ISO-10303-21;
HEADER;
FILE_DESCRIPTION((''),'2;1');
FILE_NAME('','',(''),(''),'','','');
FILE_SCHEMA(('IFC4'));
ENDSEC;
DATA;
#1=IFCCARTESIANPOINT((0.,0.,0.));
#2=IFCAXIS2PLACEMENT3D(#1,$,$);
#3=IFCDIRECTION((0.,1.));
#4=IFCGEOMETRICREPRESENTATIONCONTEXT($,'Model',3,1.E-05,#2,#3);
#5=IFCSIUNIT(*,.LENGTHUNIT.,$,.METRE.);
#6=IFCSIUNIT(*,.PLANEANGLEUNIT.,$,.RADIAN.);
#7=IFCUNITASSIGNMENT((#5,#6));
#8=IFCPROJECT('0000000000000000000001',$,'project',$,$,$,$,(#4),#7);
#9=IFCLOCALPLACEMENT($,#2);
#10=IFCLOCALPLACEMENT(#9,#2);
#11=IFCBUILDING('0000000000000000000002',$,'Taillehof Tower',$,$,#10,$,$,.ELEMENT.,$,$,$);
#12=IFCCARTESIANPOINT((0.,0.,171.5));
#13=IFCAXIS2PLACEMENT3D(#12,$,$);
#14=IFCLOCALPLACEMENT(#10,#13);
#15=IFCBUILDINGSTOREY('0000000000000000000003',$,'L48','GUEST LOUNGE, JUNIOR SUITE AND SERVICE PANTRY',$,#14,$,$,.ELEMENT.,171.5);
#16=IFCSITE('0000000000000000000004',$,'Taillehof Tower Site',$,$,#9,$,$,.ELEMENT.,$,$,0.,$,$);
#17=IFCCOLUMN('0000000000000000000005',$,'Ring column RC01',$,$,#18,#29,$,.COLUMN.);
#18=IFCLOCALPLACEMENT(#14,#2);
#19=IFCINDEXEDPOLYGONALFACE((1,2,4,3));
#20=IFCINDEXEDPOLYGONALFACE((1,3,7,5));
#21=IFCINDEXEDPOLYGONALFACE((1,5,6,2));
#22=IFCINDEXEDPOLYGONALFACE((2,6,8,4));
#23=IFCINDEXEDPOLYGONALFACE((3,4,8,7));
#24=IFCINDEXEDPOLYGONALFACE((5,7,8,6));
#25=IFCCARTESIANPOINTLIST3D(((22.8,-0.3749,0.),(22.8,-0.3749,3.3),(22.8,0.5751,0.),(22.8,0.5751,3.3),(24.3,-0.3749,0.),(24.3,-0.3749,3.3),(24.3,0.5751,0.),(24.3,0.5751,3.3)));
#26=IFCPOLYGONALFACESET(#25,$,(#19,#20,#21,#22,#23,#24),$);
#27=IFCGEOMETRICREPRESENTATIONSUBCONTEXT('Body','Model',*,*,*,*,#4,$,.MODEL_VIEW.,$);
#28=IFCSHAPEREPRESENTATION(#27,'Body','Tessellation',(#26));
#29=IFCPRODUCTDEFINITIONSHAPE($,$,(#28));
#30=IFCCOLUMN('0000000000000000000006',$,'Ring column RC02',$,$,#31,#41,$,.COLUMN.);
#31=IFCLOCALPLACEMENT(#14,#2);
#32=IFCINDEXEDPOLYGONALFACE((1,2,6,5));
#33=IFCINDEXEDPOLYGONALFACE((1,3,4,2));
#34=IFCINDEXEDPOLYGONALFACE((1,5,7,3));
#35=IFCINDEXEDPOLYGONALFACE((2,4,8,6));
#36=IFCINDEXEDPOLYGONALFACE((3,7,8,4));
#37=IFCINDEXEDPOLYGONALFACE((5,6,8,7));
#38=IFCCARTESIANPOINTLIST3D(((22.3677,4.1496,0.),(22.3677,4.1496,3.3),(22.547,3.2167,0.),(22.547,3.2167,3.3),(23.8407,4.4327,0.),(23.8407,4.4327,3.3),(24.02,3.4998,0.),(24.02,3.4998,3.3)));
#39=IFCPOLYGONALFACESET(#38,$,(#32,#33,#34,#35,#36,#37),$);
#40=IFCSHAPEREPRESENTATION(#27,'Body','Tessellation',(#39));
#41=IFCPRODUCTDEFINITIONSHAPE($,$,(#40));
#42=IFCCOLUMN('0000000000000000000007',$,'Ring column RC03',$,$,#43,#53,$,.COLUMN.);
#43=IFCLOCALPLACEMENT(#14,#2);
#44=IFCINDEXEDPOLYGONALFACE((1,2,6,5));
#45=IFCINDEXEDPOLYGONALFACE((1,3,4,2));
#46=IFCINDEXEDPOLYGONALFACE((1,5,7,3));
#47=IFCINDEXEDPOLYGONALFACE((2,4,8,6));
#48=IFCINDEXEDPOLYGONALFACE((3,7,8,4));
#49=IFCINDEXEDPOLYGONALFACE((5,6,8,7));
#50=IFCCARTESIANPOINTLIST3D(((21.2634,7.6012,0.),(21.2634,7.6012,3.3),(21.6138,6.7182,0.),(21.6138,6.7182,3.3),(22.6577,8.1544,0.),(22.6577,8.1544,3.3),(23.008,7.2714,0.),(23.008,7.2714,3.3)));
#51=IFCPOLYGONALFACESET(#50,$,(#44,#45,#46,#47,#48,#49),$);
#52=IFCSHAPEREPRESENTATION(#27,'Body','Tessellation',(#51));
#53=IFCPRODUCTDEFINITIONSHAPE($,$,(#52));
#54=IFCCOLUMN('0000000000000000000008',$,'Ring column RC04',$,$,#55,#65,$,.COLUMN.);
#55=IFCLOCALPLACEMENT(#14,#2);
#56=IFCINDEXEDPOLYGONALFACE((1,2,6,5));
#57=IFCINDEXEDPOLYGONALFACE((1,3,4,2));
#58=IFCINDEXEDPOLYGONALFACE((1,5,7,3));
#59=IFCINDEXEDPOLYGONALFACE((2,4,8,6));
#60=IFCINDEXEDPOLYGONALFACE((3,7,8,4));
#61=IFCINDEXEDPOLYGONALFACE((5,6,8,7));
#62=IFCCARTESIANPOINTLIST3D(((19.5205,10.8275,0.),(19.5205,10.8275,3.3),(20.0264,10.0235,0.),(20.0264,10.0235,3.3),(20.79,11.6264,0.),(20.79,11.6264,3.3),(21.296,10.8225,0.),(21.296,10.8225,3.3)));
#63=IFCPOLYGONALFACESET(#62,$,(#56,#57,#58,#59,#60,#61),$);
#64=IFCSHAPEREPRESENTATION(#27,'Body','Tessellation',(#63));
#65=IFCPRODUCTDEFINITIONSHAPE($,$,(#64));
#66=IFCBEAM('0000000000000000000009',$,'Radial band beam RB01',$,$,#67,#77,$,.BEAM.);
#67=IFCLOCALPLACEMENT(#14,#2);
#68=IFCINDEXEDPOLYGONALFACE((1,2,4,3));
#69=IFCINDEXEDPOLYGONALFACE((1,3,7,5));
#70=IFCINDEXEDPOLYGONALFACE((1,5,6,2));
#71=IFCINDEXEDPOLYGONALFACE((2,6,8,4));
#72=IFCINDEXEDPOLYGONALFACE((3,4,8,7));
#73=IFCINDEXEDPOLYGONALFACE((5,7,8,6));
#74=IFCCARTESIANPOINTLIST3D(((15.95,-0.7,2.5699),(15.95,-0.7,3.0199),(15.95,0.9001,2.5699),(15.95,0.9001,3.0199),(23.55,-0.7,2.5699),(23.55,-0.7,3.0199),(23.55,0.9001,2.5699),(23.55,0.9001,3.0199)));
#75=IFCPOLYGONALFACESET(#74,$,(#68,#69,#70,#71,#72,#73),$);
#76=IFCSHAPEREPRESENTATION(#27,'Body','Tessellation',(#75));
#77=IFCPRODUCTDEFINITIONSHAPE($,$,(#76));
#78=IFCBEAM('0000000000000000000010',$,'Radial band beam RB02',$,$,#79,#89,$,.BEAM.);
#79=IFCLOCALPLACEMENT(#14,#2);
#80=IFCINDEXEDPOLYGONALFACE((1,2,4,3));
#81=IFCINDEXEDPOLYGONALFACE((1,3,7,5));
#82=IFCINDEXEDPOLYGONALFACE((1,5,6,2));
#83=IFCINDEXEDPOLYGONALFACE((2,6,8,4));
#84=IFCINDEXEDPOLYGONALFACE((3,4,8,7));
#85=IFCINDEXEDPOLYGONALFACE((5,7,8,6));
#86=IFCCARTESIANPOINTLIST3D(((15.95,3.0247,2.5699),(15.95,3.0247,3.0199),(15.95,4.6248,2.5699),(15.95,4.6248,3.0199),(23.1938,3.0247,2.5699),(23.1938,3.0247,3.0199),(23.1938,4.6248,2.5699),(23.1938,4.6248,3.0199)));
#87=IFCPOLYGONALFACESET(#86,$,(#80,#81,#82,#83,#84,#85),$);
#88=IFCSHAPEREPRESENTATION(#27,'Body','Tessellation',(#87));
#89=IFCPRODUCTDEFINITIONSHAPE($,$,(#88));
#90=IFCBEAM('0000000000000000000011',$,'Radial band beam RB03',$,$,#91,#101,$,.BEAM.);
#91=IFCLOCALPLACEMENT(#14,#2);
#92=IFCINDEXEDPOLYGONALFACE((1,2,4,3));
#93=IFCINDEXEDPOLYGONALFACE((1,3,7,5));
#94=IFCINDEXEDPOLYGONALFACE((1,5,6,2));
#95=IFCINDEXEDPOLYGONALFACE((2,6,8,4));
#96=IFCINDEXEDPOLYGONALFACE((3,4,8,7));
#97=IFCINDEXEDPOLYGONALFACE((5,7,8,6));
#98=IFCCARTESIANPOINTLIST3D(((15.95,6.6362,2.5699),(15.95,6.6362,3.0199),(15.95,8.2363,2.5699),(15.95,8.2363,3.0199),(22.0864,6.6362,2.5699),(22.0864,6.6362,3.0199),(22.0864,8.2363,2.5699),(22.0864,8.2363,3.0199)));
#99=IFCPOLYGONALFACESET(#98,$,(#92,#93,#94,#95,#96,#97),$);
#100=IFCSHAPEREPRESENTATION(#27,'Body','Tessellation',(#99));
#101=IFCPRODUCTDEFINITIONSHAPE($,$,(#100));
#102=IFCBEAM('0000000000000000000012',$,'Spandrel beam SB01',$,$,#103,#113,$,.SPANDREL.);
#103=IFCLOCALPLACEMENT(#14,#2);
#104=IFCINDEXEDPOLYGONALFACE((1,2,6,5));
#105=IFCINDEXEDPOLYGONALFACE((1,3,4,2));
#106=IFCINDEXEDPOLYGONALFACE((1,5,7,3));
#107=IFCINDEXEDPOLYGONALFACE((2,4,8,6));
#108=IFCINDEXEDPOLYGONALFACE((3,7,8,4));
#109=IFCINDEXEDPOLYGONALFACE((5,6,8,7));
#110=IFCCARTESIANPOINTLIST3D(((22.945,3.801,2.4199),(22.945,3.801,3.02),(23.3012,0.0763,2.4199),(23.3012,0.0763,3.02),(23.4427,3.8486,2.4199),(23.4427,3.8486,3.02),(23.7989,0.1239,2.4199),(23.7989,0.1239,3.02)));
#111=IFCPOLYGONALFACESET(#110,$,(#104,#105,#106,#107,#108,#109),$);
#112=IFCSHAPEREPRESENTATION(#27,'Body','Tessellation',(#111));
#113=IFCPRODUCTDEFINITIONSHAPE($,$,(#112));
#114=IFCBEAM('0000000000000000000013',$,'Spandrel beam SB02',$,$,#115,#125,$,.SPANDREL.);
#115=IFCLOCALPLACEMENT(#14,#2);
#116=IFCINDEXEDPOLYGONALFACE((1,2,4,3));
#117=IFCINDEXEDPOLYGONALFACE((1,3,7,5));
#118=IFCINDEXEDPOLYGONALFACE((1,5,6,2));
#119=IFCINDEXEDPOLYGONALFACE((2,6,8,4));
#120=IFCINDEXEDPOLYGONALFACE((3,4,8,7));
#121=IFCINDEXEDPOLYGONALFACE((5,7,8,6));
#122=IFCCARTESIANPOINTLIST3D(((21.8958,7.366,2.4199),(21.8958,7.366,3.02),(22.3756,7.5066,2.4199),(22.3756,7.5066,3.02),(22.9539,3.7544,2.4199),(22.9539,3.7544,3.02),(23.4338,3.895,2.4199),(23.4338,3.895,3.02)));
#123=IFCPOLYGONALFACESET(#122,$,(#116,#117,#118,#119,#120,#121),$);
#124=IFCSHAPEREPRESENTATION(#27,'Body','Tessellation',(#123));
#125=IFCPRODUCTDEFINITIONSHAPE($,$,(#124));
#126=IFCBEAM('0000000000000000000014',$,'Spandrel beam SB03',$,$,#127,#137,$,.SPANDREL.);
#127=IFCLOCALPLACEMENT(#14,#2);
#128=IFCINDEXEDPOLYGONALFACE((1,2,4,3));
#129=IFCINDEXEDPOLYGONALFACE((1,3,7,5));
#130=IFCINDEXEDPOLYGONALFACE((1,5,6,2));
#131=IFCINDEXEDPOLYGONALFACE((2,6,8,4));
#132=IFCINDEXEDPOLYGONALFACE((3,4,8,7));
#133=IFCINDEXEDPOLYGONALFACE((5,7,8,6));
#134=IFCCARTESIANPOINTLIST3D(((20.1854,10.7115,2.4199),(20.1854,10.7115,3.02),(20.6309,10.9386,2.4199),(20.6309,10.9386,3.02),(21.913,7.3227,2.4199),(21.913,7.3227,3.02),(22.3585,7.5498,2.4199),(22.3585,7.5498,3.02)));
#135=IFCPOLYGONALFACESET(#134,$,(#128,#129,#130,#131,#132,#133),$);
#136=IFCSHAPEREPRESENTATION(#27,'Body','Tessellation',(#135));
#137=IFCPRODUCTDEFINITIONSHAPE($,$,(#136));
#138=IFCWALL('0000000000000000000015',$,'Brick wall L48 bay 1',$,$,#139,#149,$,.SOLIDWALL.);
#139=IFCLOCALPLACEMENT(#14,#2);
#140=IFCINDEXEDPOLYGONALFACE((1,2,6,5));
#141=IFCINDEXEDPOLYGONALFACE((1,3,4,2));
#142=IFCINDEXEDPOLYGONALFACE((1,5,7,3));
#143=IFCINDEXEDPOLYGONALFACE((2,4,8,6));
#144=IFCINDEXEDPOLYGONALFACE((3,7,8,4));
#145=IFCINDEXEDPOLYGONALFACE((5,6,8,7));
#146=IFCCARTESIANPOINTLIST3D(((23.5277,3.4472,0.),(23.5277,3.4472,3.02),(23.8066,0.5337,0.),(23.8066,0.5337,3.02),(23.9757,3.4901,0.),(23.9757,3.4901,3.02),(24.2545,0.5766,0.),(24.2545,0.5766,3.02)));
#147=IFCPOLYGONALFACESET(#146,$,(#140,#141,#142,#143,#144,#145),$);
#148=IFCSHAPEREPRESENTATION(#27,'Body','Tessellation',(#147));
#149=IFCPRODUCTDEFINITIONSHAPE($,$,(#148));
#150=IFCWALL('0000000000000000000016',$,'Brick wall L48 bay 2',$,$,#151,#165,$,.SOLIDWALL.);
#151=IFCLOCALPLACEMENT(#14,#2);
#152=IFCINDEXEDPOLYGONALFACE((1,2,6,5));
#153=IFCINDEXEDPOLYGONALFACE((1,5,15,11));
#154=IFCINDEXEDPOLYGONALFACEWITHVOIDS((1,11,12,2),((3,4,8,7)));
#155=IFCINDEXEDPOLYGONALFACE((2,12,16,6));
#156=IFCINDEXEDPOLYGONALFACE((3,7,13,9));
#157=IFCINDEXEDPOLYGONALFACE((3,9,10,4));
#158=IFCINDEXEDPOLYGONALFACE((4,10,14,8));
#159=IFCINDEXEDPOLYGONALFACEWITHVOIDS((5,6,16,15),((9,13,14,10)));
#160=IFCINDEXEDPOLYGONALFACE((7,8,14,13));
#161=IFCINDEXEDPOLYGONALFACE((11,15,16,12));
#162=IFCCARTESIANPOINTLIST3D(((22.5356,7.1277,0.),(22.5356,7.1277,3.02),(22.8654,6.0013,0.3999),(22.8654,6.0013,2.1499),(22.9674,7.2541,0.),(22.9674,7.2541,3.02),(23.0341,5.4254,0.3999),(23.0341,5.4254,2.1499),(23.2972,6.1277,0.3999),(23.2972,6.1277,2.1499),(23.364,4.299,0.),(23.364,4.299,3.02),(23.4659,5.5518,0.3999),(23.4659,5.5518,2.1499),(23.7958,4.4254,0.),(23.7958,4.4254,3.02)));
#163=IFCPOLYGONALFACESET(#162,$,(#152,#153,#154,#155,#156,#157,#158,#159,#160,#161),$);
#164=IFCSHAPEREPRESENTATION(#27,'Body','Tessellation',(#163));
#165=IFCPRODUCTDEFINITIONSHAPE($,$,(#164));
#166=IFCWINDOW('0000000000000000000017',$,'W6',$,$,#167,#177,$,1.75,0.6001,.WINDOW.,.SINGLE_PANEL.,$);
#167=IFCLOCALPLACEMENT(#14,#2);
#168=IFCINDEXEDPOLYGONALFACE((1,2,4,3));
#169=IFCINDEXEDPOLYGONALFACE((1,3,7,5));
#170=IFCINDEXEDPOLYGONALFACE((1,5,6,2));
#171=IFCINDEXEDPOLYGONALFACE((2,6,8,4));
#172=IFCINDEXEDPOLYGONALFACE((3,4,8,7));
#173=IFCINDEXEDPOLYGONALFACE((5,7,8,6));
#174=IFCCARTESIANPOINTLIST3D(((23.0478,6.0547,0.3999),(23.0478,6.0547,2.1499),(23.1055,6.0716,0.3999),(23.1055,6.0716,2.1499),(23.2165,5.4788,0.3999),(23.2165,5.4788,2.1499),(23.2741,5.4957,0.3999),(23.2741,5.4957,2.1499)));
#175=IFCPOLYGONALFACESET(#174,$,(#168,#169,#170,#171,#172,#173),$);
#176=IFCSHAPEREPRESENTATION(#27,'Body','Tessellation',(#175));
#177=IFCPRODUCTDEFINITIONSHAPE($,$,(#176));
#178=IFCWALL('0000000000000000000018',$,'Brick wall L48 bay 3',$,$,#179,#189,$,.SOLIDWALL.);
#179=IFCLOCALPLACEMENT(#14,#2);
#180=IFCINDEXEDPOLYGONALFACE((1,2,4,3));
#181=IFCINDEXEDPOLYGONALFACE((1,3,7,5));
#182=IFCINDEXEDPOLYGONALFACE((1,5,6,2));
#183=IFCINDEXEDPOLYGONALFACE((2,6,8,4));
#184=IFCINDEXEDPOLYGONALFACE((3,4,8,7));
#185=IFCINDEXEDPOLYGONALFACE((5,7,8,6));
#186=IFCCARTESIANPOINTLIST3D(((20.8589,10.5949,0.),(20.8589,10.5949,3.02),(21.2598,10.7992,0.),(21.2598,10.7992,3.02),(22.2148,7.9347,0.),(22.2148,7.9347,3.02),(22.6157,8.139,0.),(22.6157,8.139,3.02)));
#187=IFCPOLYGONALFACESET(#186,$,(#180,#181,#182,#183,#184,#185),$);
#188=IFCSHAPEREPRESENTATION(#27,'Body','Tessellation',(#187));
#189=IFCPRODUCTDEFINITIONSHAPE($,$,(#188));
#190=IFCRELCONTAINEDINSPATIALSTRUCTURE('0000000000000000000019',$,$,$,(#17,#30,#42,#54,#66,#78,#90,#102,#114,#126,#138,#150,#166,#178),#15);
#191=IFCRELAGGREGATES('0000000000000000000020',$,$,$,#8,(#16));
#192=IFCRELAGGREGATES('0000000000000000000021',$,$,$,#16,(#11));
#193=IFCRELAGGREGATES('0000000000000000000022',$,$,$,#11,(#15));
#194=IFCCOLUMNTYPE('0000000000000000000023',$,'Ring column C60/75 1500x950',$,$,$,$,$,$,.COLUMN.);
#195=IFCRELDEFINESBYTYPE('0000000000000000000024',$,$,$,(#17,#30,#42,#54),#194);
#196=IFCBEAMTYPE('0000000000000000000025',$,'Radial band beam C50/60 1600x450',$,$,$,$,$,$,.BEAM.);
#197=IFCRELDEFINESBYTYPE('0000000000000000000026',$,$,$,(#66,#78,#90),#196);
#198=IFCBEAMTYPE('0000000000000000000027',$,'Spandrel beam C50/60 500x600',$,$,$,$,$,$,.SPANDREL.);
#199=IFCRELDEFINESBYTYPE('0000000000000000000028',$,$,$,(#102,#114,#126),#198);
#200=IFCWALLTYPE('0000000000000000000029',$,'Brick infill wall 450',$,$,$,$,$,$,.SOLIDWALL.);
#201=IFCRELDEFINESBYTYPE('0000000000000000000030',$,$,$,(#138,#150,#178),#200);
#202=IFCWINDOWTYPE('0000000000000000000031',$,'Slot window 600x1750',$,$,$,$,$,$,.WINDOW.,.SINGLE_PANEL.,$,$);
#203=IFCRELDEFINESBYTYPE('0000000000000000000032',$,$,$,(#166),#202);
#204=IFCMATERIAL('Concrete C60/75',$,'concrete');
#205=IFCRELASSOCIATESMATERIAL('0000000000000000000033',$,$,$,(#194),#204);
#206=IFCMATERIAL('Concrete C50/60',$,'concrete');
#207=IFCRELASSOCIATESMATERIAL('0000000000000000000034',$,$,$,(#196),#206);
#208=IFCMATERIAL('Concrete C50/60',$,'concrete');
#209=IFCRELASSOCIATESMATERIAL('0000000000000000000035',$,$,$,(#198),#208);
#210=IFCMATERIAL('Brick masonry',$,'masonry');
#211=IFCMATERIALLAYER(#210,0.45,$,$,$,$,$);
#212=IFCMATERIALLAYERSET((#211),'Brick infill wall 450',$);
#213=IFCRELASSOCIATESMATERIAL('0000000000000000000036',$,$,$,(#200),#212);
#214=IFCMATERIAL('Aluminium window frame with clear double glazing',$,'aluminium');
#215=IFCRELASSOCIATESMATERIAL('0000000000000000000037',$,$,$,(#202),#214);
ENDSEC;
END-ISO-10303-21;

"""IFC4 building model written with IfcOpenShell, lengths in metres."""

from ifc_helpers import new_model, si_unit, direction, frame, frame_2d, origin, origin_2d, place, context, subcontext, project, spatial, rectangle, extrude, material, layer, layer_set, material_profile, profile_set, type_object, element, fill, save


model = new_model("IFC4")

# Units and contexts
model_context = context("Model", 3, precision=1e-05, world=origin(), true_north=direction((0.0, 1.0)))
body_context = subcontext(model_context, "Body", "Model", "MODEL_VIEW")
ifc_project = project(units=[si_unit("LENGTHUNIT", "METRE"), si_unit("PLANEANGLEUNIT", "RADIAN")], contexts=[model_context])

# Site, building, storey
site_placement = place(None, origin())
site = spatial("IfcSite", under=ifc_project, at=site_placement, Name="Taillehof Tower Site", CompositionType="ELEMENT", RefElevation=0.0)
building_placement = place(site_placement, origin())
building = spatial("IfcBuilding", under=site, at=building_placement, Name="Taillehof Tower", CompositionType="ELEMENT")
storey_placement = place(building_placement, frame((0.0, 0.0, 171.5)))
storey = spatial("IfcBuildingStorey", under=building, at=storey_placement, Name="L48", Description="GUEST LOUNGE, JUNIOR SUITE AND SERVICE PANTRY", CompositionType="ELEMENT", Elevation=171.5)

# Columns
ifc_material_1 = material(Name="Concrete C60/75", Category="concrete")
ifc_material_profile_1 = material_profile(ifc_material_1, rectangle(XDim=1.5, YDim=0.95, at=origin_2d()), Name="RC 1500x950")
ifc_profile_set_1 = profile_set([ifc_material_profile_1], Name="Concrete C60/75")
column_type = type_object("IfcColumnType", Name="Ring column C60/75 1500x950", PredefinedType="COLUMN", material=ifc_profile_set_1)
for number, where, z_axis, x_axis, name in (
    (1, (23.55, 0.1001, 0.0), (0.0, 0.0, 1.0), (1.0, 0.0, 0.0), "Ring column RC01"),
    (2, (23.1938, 3.8247, 0.0), (0.0, 0.0, 1.0), (0.982024, 0.188757, 0.0), "Ring column RC02"),
    (3, (22.1357, 7.4363, 0.0), (0.0, 0.0, 1.0), (0.929511, 0.368793, 0.0), "Ring column RC03"),
    (4, (20.4082, 10.825, 0.0), (0.0, 0.0, 1.0), (0.846334, 0.532652, 0.0), "Ring column RC04"),
):
    element("IfcColumn", number, at=place(storey_placement, frame(where, z_axis=z_axis, x_axis=x_axis)), inside=storey, type_object=column_type, Name=name, PredefinedType="COLUMN", context=body_context, shape_type="SweptSolid", body=[
        extrude(rectangle(XDim=1.5, YDim=0.95, at=origin_2d()), origin(), (0.0, 0.0, 1.0), 3.3),
    ])

# Beams
ifc_material_2 = material(Name="Concrete C50/60", Category="concrete")
ifc_material_profile_2 = material_profile(ifc_material_2, rectangle(XDim=1.6001, YDim=0.45, at=origin_2d()), Name="RC 1600x450")
ifc_profile_set_2 = profile_set([ifc_material_profile_2], Name="Concrete C50/60")
beam_type_1 = type_object("IfcBeamType", Name="Radial band beam C50/60 1600x450", PredefinedType="BEAM", material=ifc_profile_set_2)
beam_1_placement = place(storey_placement, frame((23.55, 0.1001, 2.7949), z_axis=(-1.0, 0.0, 0.0), x_axis=(0.0, -1.0, 0.0)))
element("IfcBeam", 5, at=beam_1_placement, inside=storey, type_object=beam_type_1, Name="Radial band beam RB01", PredefinedType="BEAM", context=body_context, shape_type="SweptSolid", body=[
    extrude(rectangle(XDim=1.6001, YDim=0.45, at=origin_2d()), origin(), (0.0, 0.0, 1.0), 7.6001),
])
beam_2_placement = place(storey_placement, frame((23.1938, 3.8247, 2.7949), z_axis=(-1.0, 0.0, 0.0), x_axis=(0.0, -1.0, 0.0)))
element("IfcBeam", 6, at=beam_2_placement, inside=storey, type_object=beam_type_1, Name="Radial band beam RB02", PredefinedType="BEAM", context=body_context, shape_type="SweptSolid", body=[
    extrude(rectangle(XDim=1.6001, YDim=0.45, at=origin_2d()), origin(), (0.0, 0.0, 1.0), 7.2439),
])
beam_3_placement = place(storey_placement, frame((22.0864, 7.4363, 2.7949), z_axis=(-1.0, 0.0, 0.0), x_axis=(0.0, -1.0, 0.0)))
element("IfcBeam", 7, at=beam_3_placement, inside=storey, type_object=beam_type_1, Name="Radial band beam RB03", PredefinedType="BEAM", context=body_context, shape_type="SweptSolid", body=[
    extrude(rectangle(XDim=1.6001, YDim=0.45, at=origin_2d()), origin(), (0.0, 0.0, 1.0), 6.1365),
])
ifc_material_3 = material(Name="Concrete C50/60", Category="concrete")
ifc_material_profile_3 = material_profile(ifc_material_3, rectangle(XDim=0.5, YDim=0.6001, at=origin_2d()), Name="RC 500x600")
ifc_profile_set_3 = profile_set([ifc_material_profile_3], Name="Concrete C50/60")
beam_type_2 = type_object("IfcBeamType", Name="Spandrel beam C50/60 500x600", PredefinedType="SPANDREL", material=ifc_profile_set_3)
beam_4_placement = place(storey_placement, frame((23.55, 0.1001, 2.72), z_axis=(-0.0952, 0.995458, 0.0), x_axis=(-0.995458, -0.0952, 0.0)))
element("IfcBeam", 8, at=beam_4_placement, inside=storey, type_object=beam_type_2, Name="Spandrel beam SB01", PredefinedType="SPANDREL", context=body_context, shape_type="SweptSolid", body=[
    extrude(rectangle(XDim=0.5, YDim=0.6001, at=origin_2d()), origin(), (0.0, 0.0, 1.0), 3.7417),
])
beam_5_placement = place(storey_placement, frame((23.1938, 3.8247, 2.72), z_axis=(-0.281158, 0.959661, 0.0), x_axis=(-0.959661, -0.281158, 0.0)))
element("IfcBeam", 9, at=beam_5_placement, inside=storey, type_object=beam_type_2, Name="Spandrel beam SB02", PredefinedType="SPANDREL", context=body_context, shape_type="SweptSolid", body=[
    extrude(rectangle(XDim=0.5, YDim=0.6001, at=origin_2d()), origin(), (0.0, 0.0, 1.0), 3.7634),
])
beam_6_placement = place(storey_placement, frame((22.1357, 7.4363, 2.72), z_axis=(-0.454183, 0.890908, 0.0), x_axis=(-0.890908, -0.454183, 0.0)))
element("IfcBeam", 10, at=beam_6_placement, inside=storey, type_object=beam_type_2, Name="Spandrel beam SB03", PredefinedType="SPANDREL", context=body_context, shape_type="SweptSolid", body=[
    extrude(rectangle(XDim=0.5, YDim=0.6001, at=origin_2d()), origin(), (0.0, 0.0, 1.0), 3.8037),
])

# Wall
ifc_material_4 = material(Name="Brick masonry", Category="masonry")
ifc_layer_1 = layer(ifc_material_4, 0.45)
ifc_layer_set_1 = layer_set([ifc_layer_1], Name="Brick infill wall 450")
wall_type_1 = type_object("IfcWallType", Name="Brick infill wall 450", PredefinedType="SOLIDWALL", material=ifc_layer_set_1)
wall_1_placement = place(storey_placement, frame((24.0305, 0.5552, 0.0), z_axis=(0.0, 0.0, 1.0), x_axis=(-0.095266, 0.995452, 0.0)))
element("IfcWall", 11, at=wall_1_placement, inside=storey, type_object=wall_type_1, Name="Brick wall L48 bay 1", PredefinedType="SOLIDWALL", context=body_context, shape_type="SweptSolid", body=[
    extrude(rectangle(XDim=2.9268, YDim=0.45, at=frame_2d((1.4634, 0.0))), origin(), (0.0, 0.0, 1.0), 3.02),
])

# Wall, opening, window
wall_2_placement = place(storey_placement, frame((23.5798, 4.3623, 0.0), z_axis=(0.0, 0.0, 1.0), x_axis=(-0.281049, 0.959693, 0.0)))
wall_2 = element("IfcWall", 12, at=wall_2_placement, inside=storey, type_object=wall_type_1, Name="Brick wall L48 bay 2", PredefinedType="SOLIDWALL", context=body_context, shape_type="SweptSolid", body=[
    extrude(rectangle(XDim=2.9475, YDim=0.45, at=frame_2d((1.4736, 0.0))), origin(), (0.0, 0.0, 1.0), 3.02),
])
opening_placement = place(wall_2_placement, frame((1.1736, 0.0, 0.3999)))
opening = element("IfcOpeningElement", 13, at=opening_placement, cuts=wall_2, PredefinedType="OPENING", context=body_context, shape_type="SweptSolid", body=[
    extrude(rectangle(XDim=0.6001, YDim=1.75, at=frame_2d((0.3, 0.875))), frame((0.0, 0.2349, 0.0), z_axis=(0.0, -1.0, 0.0), x_axis=(1.0, 0.0, 0.0)), (0.0, 0.0, 1.0), 0.47),
])
ifc_material_5 = material(Name="Aluminium window frame with clear double glazing", Category="aluminium")
window_type = type_object("IfcWindowType", Name="Slot window 600x1750", PartitioningType="SINGLE_PANEL", PredefinedType="WINDOW", material=ifc_material_5)
window_placement = place(opening_placement, origin())
window = element("IfcWindow", 14, at=window_placement, inside=storey, type_object=window_type, Name="W6", OverallHeight=1.75, OverallWidth=0.6001, PartitioningType="SINGLE_PANEL", PredefinedType="WINDOW", context=body_context, shape_type="SweptSolid", body=[
    extrude(rectangle(XDim=0.6001, YDim=1.75, at=frame_2d((0.3, 0.875))), frame((0.0, 0.0349, 0.0), z_axis=(0.0, -1.0, 0.0), x_axis=(1.0, 0.0, 0.0)), (0.0, 0.0, 1.0), 0.0601),
])
fill(opening, window)

# Wall
wall_3_placement = place(storey_placement, frame((22.4153, 8.0369, 0.0), z_axis=(0.0, 0.0, 1.0), x_axis=(-0.454134, 0.890933, 0.0)))
element("IfcWall", 15, at=wall_3_placement, inside=storey, type_object=wall_type_1, Name="Brick wall L48 bay 3", PredefinedType="SOLIDWALL", context=body_context, shape_type="SweptSolid", body=[
    extrude(rectangle(XDim=2.9858, YDim=0.45, at=frame_2d((1.4929, 0.0))), origin(), (0.0, 0.0, 1.0), 3.02),
])

save(model, "model.ifc")
